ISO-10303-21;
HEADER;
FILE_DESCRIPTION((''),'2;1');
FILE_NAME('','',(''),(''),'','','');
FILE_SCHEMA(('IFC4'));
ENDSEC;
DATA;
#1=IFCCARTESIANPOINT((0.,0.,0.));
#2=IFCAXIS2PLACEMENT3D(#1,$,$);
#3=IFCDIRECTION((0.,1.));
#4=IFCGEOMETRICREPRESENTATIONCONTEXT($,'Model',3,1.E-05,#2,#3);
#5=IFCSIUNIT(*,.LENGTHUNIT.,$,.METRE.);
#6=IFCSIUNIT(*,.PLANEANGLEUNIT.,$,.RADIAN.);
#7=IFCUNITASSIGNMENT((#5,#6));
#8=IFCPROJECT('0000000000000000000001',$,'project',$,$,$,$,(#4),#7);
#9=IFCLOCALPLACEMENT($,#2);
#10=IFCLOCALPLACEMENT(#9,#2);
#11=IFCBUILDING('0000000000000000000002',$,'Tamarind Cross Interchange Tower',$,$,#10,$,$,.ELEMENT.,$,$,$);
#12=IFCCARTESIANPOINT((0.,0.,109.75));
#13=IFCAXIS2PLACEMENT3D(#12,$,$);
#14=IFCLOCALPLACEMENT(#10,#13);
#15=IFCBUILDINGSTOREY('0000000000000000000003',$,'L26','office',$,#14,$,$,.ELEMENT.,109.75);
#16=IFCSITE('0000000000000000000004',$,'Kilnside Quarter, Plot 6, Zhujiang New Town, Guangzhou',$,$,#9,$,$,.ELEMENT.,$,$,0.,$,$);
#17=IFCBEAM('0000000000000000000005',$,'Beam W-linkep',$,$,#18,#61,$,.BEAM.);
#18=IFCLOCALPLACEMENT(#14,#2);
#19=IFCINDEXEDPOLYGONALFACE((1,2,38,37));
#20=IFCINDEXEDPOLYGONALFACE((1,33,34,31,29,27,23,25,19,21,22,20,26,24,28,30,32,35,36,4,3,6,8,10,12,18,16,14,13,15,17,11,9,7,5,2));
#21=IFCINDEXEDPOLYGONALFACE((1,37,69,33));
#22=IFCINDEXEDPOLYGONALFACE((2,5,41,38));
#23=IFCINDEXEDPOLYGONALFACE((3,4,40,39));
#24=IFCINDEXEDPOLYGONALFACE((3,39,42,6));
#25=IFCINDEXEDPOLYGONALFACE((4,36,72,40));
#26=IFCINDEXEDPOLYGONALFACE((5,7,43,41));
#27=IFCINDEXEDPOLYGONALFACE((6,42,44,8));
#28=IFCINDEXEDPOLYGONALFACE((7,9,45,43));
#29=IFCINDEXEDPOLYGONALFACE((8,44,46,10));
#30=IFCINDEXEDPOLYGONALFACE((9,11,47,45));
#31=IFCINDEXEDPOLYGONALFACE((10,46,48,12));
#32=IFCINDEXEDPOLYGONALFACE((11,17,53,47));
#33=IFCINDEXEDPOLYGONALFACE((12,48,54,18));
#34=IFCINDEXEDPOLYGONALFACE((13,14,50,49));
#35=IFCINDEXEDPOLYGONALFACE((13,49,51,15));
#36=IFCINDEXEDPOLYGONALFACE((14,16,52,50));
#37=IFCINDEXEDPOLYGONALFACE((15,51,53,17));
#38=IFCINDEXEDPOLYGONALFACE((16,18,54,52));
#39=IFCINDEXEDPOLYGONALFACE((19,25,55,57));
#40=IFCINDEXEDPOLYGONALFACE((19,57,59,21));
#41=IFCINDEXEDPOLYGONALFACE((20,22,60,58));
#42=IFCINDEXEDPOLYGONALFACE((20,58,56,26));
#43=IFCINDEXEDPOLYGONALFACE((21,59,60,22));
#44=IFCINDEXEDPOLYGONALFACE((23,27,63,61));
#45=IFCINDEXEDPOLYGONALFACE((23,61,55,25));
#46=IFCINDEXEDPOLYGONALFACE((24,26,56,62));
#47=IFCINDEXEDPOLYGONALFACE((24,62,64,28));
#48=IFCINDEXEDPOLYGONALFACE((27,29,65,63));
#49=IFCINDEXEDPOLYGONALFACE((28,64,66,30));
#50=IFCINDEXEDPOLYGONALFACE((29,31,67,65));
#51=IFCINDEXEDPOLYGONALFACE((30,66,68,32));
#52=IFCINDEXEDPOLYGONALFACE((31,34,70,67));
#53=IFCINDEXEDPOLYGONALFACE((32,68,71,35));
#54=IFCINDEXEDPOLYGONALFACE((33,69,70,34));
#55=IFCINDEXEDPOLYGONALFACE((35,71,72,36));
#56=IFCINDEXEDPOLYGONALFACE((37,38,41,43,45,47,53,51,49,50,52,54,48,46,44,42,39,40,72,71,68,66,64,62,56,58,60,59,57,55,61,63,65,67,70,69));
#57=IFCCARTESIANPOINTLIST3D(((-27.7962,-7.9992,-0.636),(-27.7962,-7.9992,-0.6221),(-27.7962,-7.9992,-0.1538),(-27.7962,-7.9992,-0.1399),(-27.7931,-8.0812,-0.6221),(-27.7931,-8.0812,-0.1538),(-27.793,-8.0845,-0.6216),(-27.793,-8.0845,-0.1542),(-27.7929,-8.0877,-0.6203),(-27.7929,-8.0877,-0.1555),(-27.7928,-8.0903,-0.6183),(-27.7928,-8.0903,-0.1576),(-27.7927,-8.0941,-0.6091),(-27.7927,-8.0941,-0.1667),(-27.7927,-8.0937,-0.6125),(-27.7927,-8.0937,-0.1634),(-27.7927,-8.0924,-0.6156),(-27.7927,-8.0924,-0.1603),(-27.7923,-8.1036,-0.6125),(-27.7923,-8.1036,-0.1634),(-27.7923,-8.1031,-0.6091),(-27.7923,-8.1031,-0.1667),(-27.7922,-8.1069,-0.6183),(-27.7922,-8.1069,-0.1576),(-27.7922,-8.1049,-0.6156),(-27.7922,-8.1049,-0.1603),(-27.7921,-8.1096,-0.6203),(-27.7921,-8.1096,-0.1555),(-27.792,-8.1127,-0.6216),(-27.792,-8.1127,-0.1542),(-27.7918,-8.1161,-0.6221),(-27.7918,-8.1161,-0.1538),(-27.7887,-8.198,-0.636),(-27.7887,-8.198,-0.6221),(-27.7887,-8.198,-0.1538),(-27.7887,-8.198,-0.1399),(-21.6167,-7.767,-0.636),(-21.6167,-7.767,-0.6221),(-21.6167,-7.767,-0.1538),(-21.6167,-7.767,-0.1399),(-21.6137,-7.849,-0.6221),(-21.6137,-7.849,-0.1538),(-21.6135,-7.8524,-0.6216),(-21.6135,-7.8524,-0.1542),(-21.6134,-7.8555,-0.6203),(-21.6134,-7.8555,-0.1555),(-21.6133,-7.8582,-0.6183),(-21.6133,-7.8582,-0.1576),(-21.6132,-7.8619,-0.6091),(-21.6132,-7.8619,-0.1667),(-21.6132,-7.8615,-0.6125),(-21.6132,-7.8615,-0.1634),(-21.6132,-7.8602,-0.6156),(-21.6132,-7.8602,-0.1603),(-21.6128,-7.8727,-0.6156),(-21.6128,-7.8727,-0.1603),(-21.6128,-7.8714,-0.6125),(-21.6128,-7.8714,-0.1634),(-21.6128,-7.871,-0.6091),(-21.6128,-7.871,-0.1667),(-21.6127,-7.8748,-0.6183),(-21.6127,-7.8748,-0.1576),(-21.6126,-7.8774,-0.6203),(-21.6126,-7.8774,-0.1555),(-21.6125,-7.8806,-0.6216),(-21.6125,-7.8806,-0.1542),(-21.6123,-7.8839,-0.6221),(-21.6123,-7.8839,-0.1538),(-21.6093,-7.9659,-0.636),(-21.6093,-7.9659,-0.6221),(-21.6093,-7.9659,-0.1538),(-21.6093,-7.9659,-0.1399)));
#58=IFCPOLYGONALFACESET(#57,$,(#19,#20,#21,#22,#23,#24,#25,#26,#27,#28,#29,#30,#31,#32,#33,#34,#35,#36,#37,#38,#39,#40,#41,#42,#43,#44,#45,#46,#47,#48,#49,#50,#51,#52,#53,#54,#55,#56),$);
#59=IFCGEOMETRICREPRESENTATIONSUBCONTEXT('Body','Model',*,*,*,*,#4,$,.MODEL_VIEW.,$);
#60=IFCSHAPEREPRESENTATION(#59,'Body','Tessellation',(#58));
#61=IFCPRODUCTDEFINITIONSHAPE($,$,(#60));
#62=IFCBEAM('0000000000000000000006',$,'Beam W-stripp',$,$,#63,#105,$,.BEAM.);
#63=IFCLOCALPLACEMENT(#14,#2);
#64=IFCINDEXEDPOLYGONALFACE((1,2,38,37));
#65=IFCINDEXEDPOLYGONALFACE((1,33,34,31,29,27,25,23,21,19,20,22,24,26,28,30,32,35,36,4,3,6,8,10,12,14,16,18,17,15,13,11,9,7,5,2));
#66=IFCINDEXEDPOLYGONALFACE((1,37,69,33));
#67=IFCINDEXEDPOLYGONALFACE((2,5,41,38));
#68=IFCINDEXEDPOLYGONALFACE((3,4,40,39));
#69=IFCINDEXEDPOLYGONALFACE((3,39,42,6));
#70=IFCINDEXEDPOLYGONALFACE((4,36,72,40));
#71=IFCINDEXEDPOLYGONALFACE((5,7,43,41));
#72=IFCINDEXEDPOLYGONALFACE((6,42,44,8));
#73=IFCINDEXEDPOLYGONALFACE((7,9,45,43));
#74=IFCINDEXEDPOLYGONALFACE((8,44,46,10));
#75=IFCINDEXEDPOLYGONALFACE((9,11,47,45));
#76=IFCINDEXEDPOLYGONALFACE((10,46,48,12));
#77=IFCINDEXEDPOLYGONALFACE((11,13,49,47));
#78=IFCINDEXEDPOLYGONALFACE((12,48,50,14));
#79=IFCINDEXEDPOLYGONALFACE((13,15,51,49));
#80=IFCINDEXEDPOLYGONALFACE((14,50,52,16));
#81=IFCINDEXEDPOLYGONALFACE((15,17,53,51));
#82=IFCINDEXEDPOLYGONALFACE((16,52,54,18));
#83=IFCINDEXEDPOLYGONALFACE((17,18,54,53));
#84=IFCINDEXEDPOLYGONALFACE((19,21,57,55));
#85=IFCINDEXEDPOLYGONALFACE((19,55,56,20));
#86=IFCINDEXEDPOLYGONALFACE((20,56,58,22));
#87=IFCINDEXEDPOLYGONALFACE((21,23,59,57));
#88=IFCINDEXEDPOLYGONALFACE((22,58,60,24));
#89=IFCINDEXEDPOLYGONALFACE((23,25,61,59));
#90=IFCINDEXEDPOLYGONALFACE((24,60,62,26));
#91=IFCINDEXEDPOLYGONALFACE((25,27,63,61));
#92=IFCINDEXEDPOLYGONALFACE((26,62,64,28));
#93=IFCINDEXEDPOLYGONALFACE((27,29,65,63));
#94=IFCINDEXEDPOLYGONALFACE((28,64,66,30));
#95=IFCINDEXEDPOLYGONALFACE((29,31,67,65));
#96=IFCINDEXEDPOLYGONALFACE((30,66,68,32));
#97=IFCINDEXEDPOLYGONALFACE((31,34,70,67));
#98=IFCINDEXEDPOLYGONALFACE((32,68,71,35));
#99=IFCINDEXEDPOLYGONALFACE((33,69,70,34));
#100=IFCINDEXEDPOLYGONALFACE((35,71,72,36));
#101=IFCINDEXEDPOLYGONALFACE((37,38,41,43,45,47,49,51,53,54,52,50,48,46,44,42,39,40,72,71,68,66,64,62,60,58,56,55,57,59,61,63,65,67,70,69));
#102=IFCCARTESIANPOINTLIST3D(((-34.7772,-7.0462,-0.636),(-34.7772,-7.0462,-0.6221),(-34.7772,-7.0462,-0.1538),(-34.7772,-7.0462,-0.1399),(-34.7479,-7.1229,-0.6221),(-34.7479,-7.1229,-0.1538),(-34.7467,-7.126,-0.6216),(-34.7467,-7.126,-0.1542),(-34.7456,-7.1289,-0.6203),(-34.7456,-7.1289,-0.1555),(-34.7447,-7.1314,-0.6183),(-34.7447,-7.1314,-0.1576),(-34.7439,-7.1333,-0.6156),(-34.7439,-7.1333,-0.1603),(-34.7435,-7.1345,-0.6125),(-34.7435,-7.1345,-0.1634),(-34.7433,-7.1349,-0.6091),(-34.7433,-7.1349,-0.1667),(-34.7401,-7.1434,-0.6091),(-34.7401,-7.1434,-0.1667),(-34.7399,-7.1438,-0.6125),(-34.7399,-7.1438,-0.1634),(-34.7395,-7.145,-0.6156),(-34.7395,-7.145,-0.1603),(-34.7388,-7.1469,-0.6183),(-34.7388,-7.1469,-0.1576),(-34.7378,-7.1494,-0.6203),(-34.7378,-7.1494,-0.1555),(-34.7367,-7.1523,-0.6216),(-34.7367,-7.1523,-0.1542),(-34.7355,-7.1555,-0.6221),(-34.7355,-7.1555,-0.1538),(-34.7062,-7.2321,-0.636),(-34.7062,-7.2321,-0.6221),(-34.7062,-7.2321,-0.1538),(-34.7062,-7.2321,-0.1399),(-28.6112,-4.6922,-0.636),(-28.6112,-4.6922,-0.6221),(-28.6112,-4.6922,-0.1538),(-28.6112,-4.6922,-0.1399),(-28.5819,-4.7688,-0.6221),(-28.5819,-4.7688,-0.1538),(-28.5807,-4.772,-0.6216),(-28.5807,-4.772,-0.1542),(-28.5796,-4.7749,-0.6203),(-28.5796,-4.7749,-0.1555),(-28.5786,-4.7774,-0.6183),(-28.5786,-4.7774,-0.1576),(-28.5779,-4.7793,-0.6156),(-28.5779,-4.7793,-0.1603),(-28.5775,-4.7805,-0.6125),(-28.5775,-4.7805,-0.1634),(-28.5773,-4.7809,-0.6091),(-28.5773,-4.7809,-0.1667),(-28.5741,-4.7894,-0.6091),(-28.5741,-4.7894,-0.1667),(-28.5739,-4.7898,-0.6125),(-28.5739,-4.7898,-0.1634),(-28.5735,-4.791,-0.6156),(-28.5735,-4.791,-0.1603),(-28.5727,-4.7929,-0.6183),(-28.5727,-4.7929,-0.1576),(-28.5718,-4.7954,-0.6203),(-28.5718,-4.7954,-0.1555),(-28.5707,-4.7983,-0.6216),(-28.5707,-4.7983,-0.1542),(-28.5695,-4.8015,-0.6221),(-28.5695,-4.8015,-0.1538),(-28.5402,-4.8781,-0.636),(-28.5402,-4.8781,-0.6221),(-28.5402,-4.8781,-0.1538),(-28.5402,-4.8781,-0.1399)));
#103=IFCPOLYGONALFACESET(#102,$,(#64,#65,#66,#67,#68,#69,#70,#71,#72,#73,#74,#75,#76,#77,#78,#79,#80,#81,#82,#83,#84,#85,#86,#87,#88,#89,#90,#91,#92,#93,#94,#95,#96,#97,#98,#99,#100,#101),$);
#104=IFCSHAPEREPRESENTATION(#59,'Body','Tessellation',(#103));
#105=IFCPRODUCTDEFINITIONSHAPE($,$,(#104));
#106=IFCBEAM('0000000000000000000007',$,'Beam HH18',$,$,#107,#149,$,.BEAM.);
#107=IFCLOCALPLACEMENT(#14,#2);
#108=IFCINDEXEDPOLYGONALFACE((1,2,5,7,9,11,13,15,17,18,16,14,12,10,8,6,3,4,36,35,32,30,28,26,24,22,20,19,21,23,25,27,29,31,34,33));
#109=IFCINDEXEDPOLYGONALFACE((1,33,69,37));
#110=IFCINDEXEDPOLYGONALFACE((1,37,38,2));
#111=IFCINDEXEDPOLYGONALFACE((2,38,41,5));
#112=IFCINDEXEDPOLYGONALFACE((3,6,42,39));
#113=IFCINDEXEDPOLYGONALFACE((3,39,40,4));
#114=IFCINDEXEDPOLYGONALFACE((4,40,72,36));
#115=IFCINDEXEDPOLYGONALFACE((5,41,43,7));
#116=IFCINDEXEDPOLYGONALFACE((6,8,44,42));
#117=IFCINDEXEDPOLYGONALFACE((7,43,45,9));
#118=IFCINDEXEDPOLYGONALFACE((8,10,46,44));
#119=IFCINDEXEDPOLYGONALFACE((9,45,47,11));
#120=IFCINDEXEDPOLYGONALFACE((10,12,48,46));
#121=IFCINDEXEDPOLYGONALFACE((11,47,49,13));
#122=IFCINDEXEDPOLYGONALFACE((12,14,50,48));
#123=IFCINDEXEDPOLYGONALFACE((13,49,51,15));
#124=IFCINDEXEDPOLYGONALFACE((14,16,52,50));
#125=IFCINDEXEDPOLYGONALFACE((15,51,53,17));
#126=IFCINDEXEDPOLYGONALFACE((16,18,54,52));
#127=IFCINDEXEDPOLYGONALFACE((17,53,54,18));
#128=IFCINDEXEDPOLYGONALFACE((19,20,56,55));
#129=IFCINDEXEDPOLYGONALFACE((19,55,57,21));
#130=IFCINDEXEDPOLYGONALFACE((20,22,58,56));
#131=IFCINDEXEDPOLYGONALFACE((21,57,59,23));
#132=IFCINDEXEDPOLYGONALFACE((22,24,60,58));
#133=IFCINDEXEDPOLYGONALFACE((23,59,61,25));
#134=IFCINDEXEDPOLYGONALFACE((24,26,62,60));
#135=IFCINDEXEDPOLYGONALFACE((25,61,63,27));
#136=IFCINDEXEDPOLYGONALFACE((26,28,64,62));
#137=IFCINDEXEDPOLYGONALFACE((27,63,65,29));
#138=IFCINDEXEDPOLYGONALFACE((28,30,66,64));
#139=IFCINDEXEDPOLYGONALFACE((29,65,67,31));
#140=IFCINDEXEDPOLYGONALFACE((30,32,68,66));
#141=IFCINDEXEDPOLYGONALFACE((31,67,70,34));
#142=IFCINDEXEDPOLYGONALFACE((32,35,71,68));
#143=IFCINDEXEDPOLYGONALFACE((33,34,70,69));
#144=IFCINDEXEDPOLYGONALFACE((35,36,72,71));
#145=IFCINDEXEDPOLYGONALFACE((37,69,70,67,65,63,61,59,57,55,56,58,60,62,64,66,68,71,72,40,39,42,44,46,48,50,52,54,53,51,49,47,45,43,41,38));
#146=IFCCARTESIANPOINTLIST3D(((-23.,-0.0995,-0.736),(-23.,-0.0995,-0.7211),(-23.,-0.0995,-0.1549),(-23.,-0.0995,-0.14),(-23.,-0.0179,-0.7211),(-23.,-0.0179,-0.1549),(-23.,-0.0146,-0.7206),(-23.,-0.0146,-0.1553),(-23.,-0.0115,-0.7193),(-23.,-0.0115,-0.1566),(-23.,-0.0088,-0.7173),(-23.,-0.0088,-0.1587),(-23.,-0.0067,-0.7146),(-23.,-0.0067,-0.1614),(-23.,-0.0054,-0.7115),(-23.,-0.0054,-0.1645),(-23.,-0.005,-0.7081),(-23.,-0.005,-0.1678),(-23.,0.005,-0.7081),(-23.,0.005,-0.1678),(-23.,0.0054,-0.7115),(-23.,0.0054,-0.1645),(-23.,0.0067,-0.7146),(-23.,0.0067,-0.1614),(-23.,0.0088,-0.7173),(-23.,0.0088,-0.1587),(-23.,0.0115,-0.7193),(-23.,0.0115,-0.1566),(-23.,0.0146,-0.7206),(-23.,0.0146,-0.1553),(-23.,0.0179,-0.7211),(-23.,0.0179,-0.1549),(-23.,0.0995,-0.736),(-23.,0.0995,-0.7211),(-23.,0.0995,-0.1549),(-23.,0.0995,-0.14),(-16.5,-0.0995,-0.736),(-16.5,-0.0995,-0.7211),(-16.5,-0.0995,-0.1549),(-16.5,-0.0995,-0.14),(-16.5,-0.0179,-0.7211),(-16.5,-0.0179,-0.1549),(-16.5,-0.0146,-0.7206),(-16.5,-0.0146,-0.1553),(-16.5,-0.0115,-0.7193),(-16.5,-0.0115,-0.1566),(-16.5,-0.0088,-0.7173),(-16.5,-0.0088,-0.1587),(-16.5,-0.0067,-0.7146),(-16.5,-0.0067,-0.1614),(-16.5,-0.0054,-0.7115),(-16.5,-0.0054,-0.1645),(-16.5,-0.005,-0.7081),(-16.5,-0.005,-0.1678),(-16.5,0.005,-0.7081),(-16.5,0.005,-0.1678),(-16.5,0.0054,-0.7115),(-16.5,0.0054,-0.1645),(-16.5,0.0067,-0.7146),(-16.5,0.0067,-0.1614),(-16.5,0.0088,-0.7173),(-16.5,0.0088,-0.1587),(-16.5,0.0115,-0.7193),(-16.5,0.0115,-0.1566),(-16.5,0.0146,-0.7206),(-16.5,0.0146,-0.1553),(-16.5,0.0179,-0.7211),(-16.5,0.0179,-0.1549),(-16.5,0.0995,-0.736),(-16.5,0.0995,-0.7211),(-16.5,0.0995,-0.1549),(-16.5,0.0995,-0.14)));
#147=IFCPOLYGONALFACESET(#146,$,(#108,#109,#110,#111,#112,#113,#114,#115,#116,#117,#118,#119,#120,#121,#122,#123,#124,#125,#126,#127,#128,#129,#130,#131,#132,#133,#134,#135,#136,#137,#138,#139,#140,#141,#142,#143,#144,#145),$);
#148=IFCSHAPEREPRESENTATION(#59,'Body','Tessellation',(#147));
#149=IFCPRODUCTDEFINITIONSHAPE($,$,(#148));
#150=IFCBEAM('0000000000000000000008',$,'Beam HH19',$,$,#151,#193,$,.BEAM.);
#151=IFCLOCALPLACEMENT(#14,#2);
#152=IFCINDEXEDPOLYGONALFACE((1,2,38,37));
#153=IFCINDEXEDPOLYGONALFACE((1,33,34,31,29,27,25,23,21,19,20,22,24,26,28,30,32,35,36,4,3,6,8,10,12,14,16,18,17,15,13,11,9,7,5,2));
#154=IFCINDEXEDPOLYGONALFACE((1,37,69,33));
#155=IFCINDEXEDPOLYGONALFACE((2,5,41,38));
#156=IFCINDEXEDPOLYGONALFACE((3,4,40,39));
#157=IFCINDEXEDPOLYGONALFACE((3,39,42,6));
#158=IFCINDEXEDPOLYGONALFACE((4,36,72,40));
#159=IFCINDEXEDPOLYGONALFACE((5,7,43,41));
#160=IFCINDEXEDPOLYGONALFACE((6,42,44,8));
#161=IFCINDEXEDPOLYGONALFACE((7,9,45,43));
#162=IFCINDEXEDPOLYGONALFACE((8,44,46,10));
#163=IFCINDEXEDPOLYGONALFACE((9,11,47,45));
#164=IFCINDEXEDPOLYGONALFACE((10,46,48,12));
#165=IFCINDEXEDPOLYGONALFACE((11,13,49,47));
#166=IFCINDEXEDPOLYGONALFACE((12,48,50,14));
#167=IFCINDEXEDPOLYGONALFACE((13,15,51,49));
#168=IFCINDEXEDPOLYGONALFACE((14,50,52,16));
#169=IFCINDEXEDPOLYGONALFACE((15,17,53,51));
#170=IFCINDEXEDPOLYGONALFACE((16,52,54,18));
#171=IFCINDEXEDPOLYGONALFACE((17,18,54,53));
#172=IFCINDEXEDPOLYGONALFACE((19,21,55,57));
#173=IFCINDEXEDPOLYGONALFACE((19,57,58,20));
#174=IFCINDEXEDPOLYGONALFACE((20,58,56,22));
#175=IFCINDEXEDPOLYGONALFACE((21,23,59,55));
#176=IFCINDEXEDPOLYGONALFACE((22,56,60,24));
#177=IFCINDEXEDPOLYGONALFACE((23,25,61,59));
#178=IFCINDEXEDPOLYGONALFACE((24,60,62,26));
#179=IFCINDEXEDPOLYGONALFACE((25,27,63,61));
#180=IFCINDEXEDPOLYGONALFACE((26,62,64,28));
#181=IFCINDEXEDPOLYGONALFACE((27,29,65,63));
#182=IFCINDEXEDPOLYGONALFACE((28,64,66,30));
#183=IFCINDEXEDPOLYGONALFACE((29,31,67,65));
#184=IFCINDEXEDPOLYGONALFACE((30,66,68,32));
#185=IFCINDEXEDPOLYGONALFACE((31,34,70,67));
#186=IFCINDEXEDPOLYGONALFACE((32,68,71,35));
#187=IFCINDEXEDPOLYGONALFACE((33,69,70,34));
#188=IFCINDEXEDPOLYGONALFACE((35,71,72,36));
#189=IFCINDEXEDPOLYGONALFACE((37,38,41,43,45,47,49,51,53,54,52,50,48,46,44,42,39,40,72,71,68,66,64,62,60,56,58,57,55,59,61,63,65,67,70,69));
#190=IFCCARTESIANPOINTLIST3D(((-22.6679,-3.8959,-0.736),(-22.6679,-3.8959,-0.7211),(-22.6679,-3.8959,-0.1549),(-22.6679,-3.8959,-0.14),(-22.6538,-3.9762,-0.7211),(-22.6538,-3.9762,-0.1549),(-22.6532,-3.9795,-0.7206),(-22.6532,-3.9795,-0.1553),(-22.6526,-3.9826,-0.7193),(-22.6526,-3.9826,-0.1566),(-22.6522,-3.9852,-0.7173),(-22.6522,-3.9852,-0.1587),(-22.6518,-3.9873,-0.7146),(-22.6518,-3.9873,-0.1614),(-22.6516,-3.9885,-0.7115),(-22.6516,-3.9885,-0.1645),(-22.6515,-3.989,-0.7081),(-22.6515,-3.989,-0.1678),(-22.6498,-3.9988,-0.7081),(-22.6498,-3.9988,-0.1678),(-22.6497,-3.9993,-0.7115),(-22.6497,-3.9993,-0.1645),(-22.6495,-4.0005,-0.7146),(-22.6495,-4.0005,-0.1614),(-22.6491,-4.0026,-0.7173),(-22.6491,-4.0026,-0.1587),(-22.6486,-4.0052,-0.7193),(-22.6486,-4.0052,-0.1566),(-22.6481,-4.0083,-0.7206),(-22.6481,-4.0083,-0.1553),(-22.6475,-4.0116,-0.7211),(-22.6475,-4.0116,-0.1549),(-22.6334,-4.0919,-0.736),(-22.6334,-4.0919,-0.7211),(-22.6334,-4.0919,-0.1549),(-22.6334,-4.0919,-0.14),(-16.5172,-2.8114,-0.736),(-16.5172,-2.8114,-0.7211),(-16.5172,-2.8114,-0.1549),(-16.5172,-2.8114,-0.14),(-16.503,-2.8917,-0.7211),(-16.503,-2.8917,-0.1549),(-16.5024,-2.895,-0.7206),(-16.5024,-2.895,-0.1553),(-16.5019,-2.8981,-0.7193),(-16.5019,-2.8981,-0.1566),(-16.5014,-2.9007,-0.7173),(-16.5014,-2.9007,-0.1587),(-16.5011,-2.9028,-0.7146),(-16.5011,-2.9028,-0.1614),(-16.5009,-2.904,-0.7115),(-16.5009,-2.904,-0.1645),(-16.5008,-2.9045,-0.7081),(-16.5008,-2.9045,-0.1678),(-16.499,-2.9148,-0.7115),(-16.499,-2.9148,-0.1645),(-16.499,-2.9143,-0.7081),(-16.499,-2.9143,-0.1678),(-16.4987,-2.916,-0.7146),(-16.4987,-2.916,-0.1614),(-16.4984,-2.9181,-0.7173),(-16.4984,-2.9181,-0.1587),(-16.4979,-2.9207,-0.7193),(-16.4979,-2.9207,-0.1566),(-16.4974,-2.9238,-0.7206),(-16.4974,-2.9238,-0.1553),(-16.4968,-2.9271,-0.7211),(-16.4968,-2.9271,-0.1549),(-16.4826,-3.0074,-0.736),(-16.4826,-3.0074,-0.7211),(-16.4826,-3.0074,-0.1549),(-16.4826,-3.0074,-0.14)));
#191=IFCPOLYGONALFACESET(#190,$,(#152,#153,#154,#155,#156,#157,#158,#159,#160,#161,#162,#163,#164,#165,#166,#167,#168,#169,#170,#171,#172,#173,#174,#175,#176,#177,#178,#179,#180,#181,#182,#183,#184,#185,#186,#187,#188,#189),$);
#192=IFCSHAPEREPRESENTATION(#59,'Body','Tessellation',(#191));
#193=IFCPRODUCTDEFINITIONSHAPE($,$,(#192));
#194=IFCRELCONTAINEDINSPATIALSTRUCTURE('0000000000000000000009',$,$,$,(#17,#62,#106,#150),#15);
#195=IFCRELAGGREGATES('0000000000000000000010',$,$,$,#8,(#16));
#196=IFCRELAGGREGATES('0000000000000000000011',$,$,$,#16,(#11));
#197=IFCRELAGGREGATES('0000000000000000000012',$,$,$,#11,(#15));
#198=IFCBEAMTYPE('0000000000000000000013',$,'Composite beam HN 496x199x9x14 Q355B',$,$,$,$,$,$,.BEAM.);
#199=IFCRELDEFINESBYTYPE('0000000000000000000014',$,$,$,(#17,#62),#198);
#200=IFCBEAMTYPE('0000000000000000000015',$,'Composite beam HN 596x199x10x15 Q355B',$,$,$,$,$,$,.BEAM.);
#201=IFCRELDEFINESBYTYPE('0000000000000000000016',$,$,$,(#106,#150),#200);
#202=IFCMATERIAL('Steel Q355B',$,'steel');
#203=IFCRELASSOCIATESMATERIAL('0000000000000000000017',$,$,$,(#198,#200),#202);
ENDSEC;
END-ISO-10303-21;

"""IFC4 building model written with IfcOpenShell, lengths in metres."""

from ifc_helpers import new_model, si_unit, direction, frame, origin, origin_2d, place, context, subcontext, project, spatial, i_section, extrude, material, material_profile, profile_set, type_object, element, save


model = new_model("IFC4")

# Units and contexts
model_context = context("Model", 3, precision=1e-05, world=origin(), true_north=direction((0.0, 1.0)))
body_context = subcontext(model_context, "Body", "Model", "MODEL_VIEW")
ifc_project = project(units=[si_unit("LENGTHUNIT", "METRE"), si_unit("PLANEANGLEUNIT", "RADIAN")], contexts=[model_context])

# Site, building, storey
site_placement = place(None, origin())
site = spatial("IfcSite", under=ifc_project, at=site_placement, Name="Kilnside Quarter, Plot 6, Zhujiang New Town, Guangzhou", CompositionType="ELEMENT", RefElevation=0.0)
building_placement = place(site_placement, origin())
building = spatial("IfcBuilding", under=site, at=building_placement, Name="Tamarind Cross Interchange Tower", CompositionType="ELEMENT")
storey_placement = place(building_placement, frame((0.0, 0.0, 109.75)))
storey = spatial("IfcBuildingStorey", under=building, at=storey_placement, Name="L26", Description="office", CompositionType="ELEMENT", Elevation=109.75)

# Beams
ifc_material_1 = material(Name="Steel Q355B", Category="steel")
ifc_material_profile_1 = material_profile(ifc_material_1, i_section(OverallWidth=0.199, OverallDepth=0.4961, WebThickness=0.009, FlangeThickness=0.0139, FilletRadius=0.0129, at=origin_2d()), Name="HN 496x199x9x14")
ifc_profile_set_1 = profile_set([ifc_material_profile_1], Name="Steel Q355B")
beam_type_1 = type_object("IfcBeamType", Name="Composite beam HN 496x199x9x14 Q355B", PredefinedType="BEAM", material=ifc_profile_set_1)
beam_1_placement = place(storey_placement, frame((-27.7925, -8.0986, -0.3879), z_axis=(0.999295, 0.037546, 0.0), x_axis=(-0.037546, 0.999295, 0.0)))
element("IfcBeam", 1, at=beam_1_placement, inside=storey, type_object=beam_type_1, Name="Beam W-linkep", PredefinedType="BEAM", context=body_context, shape_type="SweptSolid", body=[
    extrude(i_section(OverallWidth=0.199, OverallDepth=0.4961, WebThickness=0.009, FlangeThickness=0.0139, FilletRadius=0.0129, at=origin_2d()), origin(), (0.0, 0.0, 1.0), 6.1838),
])
beam_2_placement = place(storey_placement, frame((-28.5757, -4.7852, -0.3879), z_axis=(-0.934233, -0.356663, 0.0), x_axis=(0.356663, -0.934233, 0.0)))
element("IfcBeam", 2, at=beam_2_placement, inside=storey, type_object=beam_type_1, Name="Beam W-stripp", PredefinedType="BEAM", context=body_context, shape_type="SweptSolid", body=[
    extrude(i_section(OverallWidth=0.199, OverallDepth=0.4961, WebThickness=0.009, FlangeThickness=0.0139, FilletRadius=0.0129, at=origin_2d()), origin(), (0.0, 0.0, 1.0), 6.6001),
])
ifc_material_profile_2 = material_profile(ifc_material_1, i_section(OverallWidth=0.199, OverallDepth=0.5959, WebThickness=0.01, FlangeThickness=0.0149, FilletRadius=0.0129, at=origin_2d()), Name="HN 596x199x10x15")
ifc_profile_set_2 = profile_set([ifc_material_profile_2], Name="Steel Q355B")
beam_type_2 = type_object("IfcBeamType", Name="Composite beam HN 596x199x10x15 Q355B", PredefinedType="BEAM", material=ifc_profile_set_2)
beam_3_placement = place(storey_placement, frame((-23.0, 0.0, -0.438), z_axis=(1.0, 0.0, 0.0), x_axis=(0.0, 1.0, 0.0)))
element("IfcBeam", 3, at=beam_3_placement, inside=storey, type_object=beam_type_2, Name="Beam HH18", PredefinedType="BEAM", context=body_context, shape_type="SweptSolid", body=[
    extrude(i_section(OverallWidth=0.199, OverallDepth=0.5959, WebThickness=0.01, FlangeThickness=0.0149, FilletRadius=0.0129, at=origin_2d()), origin(), (0.0, 0.0, 1.0), 6.5),
])
beam_4_placement = place(storey_placement, frame((-22.6506, -3.9939, -0.438), z_axis=(0.984809, 0.17364, 0.0), x_axis=(-0.17364, 0.984809, 0.0)))
element("IfcBeam", 4, at=beam_4_placement, inside=storey, type_object=beam_type_2, Name="Beam HH19", PredefinedType="BEAM", context=body_context, shape_type="SweptSolid", body=[
    extrude(i_section(OverallWidth=0.199, OverallDepth=0.5959, WebThickness=0.01, FlangeThickness=0.0149, FilletRadius=0.0129, at=origin_2d()), origin(), (0.0, 0.0, 1.0), 6.2456),
])

save(model, "model.ifc")
